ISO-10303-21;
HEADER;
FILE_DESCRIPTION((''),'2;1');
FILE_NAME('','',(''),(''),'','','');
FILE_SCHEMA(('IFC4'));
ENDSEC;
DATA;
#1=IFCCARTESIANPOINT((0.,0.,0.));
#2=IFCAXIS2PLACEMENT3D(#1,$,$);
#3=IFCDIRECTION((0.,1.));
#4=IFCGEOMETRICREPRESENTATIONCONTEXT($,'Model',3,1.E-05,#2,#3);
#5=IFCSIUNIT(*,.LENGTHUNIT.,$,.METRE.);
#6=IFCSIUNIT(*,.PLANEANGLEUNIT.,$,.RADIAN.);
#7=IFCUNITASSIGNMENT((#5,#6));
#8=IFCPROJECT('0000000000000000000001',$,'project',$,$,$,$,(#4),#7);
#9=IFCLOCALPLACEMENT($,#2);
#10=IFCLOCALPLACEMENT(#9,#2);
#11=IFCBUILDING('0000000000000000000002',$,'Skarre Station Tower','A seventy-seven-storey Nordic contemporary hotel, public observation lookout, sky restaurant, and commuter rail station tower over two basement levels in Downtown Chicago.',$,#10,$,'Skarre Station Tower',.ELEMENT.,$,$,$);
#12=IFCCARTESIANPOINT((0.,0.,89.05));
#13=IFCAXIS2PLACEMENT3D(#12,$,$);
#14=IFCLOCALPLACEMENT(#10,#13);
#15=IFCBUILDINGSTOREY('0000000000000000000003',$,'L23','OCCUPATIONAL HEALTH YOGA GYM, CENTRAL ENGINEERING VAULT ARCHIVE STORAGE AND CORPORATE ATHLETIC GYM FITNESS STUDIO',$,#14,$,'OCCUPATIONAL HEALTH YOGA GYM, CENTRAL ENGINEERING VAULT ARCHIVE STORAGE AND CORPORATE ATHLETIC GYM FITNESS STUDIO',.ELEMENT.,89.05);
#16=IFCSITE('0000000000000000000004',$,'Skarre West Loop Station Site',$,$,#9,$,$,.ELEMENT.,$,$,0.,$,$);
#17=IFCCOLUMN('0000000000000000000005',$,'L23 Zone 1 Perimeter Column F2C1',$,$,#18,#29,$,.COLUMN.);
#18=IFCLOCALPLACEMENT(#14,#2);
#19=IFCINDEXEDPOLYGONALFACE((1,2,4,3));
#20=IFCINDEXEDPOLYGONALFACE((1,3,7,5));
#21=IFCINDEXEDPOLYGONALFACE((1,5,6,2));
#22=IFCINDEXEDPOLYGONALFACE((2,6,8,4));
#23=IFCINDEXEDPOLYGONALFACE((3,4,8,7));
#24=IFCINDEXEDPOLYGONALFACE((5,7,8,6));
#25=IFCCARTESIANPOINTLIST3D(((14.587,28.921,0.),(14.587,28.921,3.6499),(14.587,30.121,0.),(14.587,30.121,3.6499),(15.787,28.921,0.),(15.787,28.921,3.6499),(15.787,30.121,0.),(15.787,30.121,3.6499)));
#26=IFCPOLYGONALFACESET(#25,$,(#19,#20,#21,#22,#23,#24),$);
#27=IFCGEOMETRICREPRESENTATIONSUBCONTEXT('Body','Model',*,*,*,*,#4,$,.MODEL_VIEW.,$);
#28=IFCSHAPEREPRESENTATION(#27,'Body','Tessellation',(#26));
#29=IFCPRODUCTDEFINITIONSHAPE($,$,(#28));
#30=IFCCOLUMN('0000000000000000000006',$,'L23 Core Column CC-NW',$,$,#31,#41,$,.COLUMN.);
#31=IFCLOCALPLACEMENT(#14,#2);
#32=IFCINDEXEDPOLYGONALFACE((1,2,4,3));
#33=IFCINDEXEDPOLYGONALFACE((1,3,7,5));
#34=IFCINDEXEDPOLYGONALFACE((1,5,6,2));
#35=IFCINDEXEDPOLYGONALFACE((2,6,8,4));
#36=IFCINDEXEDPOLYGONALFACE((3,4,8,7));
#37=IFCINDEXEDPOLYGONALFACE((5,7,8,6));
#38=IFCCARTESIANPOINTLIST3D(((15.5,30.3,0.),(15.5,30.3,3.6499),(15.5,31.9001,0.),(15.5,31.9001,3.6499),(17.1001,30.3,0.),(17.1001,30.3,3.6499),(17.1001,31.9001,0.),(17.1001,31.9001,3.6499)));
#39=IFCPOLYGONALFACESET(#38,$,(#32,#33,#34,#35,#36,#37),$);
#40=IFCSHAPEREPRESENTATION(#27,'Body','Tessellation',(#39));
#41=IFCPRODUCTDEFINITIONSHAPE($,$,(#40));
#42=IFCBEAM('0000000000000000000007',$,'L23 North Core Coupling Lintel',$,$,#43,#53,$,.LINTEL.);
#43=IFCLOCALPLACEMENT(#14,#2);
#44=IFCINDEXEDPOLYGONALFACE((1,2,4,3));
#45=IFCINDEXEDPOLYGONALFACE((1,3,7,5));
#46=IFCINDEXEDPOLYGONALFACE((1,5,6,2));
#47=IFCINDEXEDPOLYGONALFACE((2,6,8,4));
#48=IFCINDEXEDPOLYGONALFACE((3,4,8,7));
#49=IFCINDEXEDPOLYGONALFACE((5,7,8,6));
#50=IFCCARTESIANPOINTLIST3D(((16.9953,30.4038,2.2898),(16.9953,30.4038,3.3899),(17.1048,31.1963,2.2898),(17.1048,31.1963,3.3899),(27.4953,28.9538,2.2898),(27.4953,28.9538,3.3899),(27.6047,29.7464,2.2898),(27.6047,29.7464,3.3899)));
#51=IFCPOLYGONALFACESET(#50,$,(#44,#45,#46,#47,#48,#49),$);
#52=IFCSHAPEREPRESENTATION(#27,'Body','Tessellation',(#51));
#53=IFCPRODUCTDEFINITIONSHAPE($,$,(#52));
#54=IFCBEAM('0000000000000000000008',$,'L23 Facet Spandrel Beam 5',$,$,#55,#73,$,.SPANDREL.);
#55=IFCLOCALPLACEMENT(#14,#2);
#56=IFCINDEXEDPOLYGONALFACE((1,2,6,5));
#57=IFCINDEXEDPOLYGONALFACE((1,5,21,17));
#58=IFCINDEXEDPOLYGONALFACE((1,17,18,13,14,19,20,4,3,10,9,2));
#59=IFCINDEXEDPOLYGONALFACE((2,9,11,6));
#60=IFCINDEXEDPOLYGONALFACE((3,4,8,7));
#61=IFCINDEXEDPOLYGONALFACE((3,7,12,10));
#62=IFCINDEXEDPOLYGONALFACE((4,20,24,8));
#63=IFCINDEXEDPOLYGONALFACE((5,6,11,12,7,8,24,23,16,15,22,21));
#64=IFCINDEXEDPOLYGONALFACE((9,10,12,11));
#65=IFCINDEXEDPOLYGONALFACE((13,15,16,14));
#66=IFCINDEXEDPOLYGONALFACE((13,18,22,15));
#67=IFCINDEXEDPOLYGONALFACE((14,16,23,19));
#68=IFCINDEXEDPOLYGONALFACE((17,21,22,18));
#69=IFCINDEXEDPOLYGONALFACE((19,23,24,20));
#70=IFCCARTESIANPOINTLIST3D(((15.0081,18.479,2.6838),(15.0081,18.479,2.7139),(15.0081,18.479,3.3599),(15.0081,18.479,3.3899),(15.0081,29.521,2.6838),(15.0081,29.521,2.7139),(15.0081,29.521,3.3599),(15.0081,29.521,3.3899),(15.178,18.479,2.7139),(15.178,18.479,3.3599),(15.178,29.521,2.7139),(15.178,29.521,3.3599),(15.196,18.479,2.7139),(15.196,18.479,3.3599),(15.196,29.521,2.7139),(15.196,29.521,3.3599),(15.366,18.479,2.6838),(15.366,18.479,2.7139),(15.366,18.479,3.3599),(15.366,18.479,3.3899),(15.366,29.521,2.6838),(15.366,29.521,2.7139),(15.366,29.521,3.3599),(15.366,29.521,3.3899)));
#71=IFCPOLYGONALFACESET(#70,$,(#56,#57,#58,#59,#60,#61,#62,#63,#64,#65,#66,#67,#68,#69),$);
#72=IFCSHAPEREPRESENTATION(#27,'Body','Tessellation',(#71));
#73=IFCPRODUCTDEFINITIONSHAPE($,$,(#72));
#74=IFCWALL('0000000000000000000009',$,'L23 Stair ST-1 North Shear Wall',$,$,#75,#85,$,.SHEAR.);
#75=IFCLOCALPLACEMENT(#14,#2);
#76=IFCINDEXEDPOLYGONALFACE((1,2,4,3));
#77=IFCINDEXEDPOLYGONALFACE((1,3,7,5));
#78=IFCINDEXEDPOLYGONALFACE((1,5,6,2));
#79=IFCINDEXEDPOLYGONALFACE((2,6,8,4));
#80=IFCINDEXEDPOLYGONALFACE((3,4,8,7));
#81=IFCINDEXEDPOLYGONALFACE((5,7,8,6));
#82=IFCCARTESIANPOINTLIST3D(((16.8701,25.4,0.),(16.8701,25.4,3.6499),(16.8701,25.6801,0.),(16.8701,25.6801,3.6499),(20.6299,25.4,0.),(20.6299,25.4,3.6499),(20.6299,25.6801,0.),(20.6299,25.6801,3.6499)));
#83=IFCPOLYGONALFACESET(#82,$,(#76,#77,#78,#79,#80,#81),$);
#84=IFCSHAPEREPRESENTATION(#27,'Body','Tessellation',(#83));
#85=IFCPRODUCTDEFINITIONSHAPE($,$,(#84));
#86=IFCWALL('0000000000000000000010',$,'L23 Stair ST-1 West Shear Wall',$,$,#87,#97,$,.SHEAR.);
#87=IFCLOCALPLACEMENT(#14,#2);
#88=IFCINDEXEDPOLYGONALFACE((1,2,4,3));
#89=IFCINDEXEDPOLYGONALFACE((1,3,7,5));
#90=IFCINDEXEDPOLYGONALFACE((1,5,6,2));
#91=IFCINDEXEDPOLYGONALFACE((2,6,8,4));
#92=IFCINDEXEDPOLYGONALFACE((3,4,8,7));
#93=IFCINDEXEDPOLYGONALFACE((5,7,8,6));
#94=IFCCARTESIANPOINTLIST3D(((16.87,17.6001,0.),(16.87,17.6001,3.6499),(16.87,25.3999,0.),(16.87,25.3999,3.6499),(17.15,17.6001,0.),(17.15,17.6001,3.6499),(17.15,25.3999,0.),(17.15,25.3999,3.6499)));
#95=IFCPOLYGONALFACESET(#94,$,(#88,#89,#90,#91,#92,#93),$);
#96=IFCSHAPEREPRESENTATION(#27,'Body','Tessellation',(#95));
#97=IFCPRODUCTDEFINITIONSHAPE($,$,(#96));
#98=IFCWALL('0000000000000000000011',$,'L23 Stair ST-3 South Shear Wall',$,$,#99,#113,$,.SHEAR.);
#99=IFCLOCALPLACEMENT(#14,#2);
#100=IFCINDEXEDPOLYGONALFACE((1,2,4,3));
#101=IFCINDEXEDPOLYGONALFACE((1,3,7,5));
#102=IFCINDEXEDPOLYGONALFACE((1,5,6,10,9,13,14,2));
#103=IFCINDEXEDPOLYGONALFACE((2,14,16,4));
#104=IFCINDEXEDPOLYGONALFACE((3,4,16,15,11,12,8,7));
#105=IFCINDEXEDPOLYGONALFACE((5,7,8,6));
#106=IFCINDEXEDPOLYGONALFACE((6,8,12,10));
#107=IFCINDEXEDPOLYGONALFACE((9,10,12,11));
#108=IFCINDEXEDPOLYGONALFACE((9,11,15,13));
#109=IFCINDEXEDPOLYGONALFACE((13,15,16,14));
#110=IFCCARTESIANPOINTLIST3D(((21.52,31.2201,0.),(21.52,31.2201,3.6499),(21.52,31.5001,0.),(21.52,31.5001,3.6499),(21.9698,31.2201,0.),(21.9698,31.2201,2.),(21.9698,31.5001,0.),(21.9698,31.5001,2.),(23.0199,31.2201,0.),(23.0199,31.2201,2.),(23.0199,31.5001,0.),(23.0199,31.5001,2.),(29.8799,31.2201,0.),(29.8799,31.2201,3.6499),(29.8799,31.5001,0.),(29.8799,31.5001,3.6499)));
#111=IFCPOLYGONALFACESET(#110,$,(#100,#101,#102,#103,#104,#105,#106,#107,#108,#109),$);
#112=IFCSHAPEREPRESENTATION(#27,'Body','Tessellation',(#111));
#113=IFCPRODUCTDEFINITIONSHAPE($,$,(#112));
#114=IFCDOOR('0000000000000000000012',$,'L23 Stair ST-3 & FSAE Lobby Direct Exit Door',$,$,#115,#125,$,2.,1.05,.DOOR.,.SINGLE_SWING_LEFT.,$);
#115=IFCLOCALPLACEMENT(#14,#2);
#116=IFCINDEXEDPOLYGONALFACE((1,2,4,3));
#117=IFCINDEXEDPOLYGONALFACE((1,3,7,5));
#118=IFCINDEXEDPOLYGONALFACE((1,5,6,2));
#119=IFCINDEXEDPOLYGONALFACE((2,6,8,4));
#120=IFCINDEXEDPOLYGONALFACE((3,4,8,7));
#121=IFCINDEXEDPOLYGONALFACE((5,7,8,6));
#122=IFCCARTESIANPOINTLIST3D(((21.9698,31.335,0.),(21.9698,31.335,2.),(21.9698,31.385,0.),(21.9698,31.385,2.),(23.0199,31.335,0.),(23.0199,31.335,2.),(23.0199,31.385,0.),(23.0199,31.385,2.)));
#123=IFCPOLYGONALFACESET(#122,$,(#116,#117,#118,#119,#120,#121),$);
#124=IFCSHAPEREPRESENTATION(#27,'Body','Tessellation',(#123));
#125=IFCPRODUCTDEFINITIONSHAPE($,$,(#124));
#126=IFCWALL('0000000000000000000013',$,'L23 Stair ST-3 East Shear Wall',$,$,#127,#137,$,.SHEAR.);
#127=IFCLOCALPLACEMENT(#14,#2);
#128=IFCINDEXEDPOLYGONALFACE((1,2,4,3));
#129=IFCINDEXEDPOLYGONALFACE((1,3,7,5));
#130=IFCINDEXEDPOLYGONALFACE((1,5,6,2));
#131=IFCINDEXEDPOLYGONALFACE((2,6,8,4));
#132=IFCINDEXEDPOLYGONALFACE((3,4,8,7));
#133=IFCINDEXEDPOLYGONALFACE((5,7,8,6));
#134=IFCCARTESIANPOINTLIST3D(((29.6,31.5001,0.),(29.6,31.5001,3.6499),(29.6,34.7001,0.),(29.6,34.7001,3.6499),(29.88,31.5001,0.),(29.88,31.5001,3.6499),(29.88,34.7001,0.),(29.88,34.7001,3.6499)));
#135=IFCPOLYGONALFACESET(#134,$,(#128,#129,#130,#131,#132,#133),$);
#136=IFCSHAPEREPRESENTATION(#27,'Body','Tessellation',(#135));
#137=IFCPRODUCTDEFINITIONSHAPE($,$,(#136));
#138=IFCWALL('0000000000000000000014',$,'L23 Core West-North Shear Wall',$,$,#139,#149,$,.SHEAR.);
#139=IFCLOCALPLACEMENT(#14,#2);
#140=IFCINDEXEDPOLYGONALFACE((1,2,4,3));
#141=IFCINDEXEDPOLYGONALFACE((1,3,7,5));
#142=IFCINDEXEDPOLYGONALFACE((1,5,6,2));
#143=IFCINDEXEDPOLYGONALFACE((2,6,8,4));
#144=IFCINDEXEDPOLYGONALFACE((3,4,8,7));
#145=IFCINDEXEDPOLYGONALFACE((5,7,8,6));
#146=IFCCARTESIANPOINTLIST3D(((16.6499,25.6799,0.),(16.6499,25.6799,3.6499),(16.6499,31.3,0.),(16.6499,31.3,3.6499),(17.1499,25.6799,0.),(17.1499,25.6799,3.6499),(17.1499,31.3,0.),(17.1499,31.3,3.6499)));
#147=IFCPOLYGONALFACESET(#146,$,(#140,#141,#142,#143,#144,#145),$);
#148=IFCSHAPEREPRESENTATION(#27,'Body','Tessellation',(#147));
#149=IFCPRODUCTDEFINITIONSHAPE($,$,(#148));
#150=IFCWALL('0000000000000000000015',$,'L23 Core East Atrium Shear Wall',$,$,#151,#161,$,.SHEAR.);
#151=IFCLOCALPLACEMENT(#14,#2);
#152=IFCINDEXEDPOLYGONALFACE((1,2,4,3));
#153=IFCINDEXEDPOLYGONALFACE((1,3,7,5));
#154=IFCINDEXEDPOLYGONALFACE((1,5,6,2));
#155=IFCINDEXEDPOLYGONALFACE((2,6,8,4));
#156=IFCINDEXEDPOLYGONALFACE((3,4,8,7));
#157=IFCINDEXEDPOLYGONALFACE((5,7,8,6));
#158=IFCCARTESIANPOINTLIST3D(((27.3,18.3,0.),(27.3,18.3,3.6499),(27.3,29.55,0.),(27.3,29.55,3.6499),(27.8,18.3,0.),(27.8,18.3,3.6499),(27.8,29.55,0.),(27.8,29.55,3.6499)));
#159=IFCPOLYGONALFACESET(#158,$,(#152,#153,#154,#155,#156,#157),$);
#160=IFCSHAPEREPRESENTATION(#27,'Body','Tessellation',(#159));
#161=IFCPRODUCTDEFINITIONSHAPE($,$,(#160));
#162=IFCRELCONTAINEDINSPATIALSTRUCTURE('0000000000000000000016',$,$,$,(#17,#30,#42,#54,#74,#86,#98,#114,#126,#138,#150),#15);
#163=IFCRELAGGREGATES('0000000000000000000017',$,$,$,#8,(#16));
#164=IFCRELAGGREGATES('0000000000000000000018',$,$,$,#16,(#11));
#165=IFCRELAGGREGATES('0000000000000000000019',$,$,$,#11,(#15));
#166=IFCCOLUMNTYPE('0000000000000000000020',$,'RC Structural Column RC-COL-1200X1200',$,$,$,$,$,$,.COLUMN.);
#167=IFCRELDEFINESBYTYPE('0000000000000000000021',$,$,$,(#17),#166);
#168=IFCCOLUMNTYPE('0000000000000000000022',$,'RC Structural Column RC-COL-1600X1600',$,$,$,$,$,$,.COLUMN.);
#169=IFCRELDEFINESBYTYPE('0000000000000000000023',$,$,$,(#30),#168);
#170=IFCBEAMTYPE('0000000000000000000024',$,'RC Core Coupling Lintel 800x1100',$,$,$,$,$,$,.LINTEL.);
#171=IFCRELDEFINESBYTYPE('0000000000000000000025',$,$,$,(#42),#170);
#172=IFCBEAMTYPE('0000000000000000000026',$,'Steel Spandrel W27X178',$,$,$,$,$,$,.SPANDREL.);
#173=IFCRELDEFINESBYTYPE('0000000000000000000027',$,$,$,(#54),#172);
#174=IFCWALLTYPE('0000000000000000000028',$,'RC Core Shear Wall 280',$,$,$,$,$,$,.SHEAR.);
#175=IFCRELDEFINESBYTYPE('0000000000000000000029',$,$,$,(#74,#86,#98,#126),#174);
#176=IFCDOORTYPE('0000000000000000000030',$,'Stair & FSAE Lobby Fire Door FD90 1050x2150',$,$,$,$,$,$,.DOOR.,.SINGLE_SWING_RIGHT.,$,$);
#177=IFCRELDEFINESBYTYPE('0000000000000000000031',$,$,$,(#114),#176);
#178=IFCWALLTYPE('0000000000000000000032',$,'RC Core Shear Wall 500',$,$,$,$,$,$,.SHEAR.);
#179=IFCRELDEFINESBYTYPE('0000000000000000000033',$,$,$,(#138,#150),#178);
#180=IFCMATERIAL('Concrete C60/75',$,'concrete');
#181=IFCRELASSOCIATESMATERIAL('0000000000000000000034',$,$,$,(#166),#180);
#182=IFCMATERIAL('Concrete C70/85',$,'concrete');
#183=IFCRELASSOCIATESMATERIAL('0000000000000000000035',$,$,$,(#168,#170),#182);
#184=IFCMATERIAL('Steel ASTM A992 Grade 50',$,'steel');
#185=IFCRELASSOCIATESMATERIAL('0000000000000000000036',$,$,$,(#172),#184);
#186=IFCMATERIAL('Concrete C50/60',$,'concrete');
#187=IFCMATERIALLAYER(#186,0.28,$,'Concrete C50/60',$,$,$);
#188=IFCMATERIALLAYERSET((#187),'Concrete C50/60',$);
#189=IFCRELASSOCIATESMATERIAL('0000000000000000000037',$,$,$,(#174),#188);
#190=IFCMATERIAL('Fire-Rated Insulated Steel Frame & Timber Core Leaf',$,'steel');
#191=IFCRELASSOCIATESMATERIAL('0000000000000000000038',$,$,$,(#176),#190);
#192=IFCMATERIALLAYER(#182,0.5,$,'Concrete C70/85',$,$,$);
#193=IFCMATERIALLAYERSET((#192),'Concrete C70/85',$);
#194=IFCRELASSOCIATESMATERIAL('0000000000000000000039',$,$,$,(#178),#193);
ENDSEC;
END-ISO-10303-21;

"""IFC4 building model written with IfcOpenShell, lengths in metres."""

from ifc_helpers import new_model, si_unit, direction, frame, frame_2d, origin, origin_2d, place, context, subcontext, project, spatial, rectangle, i_section, extrude, material, layer, layer_set, material_profile, profile_set, type_object, element, fill, save


model = new_model("IFC4")

# Units and contexts
model_context = context("Model", 3, precision=1e-05, world=origin(), true_north=direction((0.0, 1.0)))
body_context = subcontext(model_context, "Body", "Model", "MODEL_VIEW")
ifc_project = project(units=[si_unit("LENGTHUNIT", "METRE"), si_unit("PLANEANGLEUNIT", "RADIAN")], contexts=[model_context])

# Site, building, storey
site_placement = place(None, origin())
site = spatial("IfcSite", under=ifc_project, at=site_placement, Name="Skarre West Loop Station Site", CompositionType="ELEMENT", RefElevation=0.0)
building_placement = place(site_placement, origin())
building = spatial("IfcBuilding", under=site, at=building_placement, Name="Skarre Station Tower", Description="A seventy-seven-storey Nordic contemporary hotel, public observation lookout, sky restaurant, and commuter rail station tower over two basement levels in Downtown Chicago.", LongName="Skarre Station Tower", CompositionType="ELEMENT")
storey_placement = place(building_placement, frame((0.0, 0.0, 89.05)))
storey = spatial("IfcBuildingStorey", under=building, at=storey_placement, Name="L23", Description="OCCUPATIONAL HEALTH YOGA GYM, CENTRAL ENGINEERING VAULT ARCHIVE STORAGE AND CORPORATE ATHLETIC GYM FITNESS STUDIO", LongName="OCCUPATIONAL HEALTH YOGA GYM, CENTRAL ENGINEERING VAULT ARCHIVE STORAGE AND CORPORATE ATHLETIC GYM FITNESS STUDIO", CompositionType="ELEMENT", Elevation=89.05)

# Columns
ifc_material_1 = material(Name="Concrete C60/75", Category="concrete")
ifc_material_profile_1 = material_profile(ifc_material_1, rectangle(XDim=1.2, YDim=1.2, at=origin_2d()), Name="Concrete C60/75")
ifc_profile_set_1 = profile_set([ifc_material_profile_1], Name="Concrete C60/75")
column_type_1 = type_object("IfcColumnType", Name="RC Structural Column RC-COL-1200X1200", PredefinedType="COLUMN", material=ifc_profile_set_1)
column_1_placement = place(storey_placement, frame((15.187, 29.521, 0.0), z_axis=(0.0, 0.0, 1.0), x_axis=(1.0, 0.0, 0.0)))
element("IfcColumn", 1, at=column_1_placement, inside=storey, type_object=column_type_1, Name="L23 Zone 1 Perimeter Column F2C1", PredefinedType="COLUMN", context=body_context, shape_type="SweptSolid", body=[
    extrude(rectangle(XDim=1.2, YDim=1.2, at=origin_2d()), origin(), (0.0, 0.0, 1.0), 3.6499),
])
ifc_material_2 = material(Name="Concrete C70/85", Category="concrete")
ifc_material_profile_2 = material_profile(ifc_material_2, rectangle(XDim=1.6001, YDim=1.6001, at=origin_2d()), Name="Concrete C70/85")
ifc_profile_set_2 = profile_set([ifc_material_profile_2], Name="Concrete C70/85")
column_type_2 = type_object("IfcColumnType", Name="RC Structural Column RC-COL-1600X1600", PredefinedType="COLUMN", material=ifc_profile_set_2)
column_2_placement = place(storey_placement, frame((16.3, 31.1001, 0.0), z_axis=(0.0, 0.0, 1.0), x_axis=(1.0, 0.0, 0.0)))
element("IfcColumn", 2, at=column_2_placement, inside=storey, type_object=column_type_2, Name="L23 Core Column CC-NW", PredefinedType="COLUMN", context=body_context, shape_type="SweptSolid", body=[
    extrude(rectangle(XDim=1.6001, YDim=1.6001, at=origin_2d()), origin(), (0.0, 0.0, 1.0), 3.6499),
])

# Beams
ifc_material_profile_3 = material_profile(ifc_material_2, rectangle(XDim=0.8, YDim=1.1001, at=origin_2d()), Name="Concrete C70/85")
ifc_profile_set_3 = profile_set([ifc_material_profile_3], Name="Concrete C70/85")
beam_type_1 = type_object("IfcBeamType", Name="RC Core Coupling Lintel 800x1100", PredefinedType="LINTEL", material=ifc_profile_set_3)
beam_1_placement = place(storey_placement, frame((17.05, 30.8, 2.8398), z_axis=(0.9906, -0.136792, 0.0), x_axis=(0.136792, 0.9906, 0.0)))
element("IfcBeam", 3, at=beam_1_placement, inside=storey, type_object=beam_type_1, Name="L23 North Core Coupling Lintel", PredefinedType="LINTEL", context=body_context, shape_type="SweptSolid", body=[
    extrude(rectangle(XDim=0.8, YDim=1.1001, at=origin_2d()), origin(), (0.0, 0.0, 1.0), 10.5996),
])
ifc_material_3 = material(Name="Steel ASTM A992 Grade 50", Category="steel")
ifc_material_profile_4 = material_profile(ifc_material_3, i_section(OverallWidth=0.3579, OverallDepth=0.7061, WebThickness=0.0181, FlangeThickness=0.03, at=origin_2d()), Name="Steel ASTM A992 Grade 50")
ifc_profile_set_4 = profile_set([ifc_material_profile_4], Name="Steel ASTM A992 Grade 50")
beam_type_2 = type_object("IfcBeamType", Name="Steel Spandrel W27X178", PredefinedType="SPANDREL", material=ifc_profile_set_4)
beam_2_placement = place(storey_placement, frame((15.187, 29.521, 3.0369), z_axis=(0.0, -1.0, 0.0), x_axis=(1.0, 0.0, 0.0)))
element("IfcBeam", 4, at=beam_2_placement, inside=storey, type_object=beam_type_2, Name="L23 Facet Spandrel Beam 5", PredefinedType="SPANDREL", context=body_context, shape_type="SweptSolid", body=[
    extrude(i_section(OverallWidth=0.3579, OverallDepth=0.7061, WebThickness=0.0181, FlangeThickness=0.03, at=origin_2d()), origin(), (0.0, 0.0, 1.0), 11.042),
])

# Walls
ifc_material_4 = material(Name="Concrete C50/60", Category="concrete")
ifc_layer_1 = layer(ifc_material_4, 0.28, Name="Concrete C50/60")
ifc_layer_set_1 = layer_set([ifc_layer_1], Name="Concrete C50/60")
wall_type_1 = type_object("IfcWallType", Name="RC Core Shear Wall 280", PredefinedType="SHEAR", material=ifc_layer_set_1)
wall_1_placement = place(storey_placement, frame((20.6299, 25.54, 0.0), z_axis=(0.0, 0.0, 1.0), x_axis=(-1.0, 0.0, 0.0)))
element("IfcWall", 5, at=wall_1_placement, inside=storey, type_object=wall_type_1, Name="L23 Stair ST-1 North Shear Wall", PredefinedType="SHEAR", context=body_context, shape_type="SweptSolid", body=[
    extrude(rectangle(XDim=3.7598, YDim=0.28, at=frame_2d((1.8799, 0.0))), origin(), (0.0, 0.0, 1.0), 3.6499),
])
wall_2_placement = place(storey_placement, frame((17.01, 25.3999, 0.0), z_axis=(0.0, 0.0, 1.0), x_axis=(0.0, -1.0, 0.0)))
element("IfcWall", 6, at=wall_2_placement, inside=storey, type_object=wall_type_1, Name="L23 Stair ST-1 West Shear Wall", PredefinedType="SHEAR", context=body_context, shape_type="SweptSolid", body=[
    extrude(rectangle(XDim=7.7998, YDim=0.28, at=frame_2d((3.8999, 0.0))), origin(), (0.0, 0.0, 1.0), 3.6499),
])

# Wall, opening, door
wall_3_placement = place(storey_placement, frame((21.52, 31.3601, 0.0), z_axis=(0.0, 0.0, 1.0), x_axis=(1.0, 0.0, 0.0)))
wall_3 = element("IfcWall", 7, at=wall_3_placement, inside=storey, type_object=wall_type_1, Name="L23 Stair ST-3 South Shear Wall", PredefinedType="SHEAR", context=body_context, shape_type="SweptSolid", body=[
    extrude(rectangle(XDim=8.3599, YDim=0.28, at=frame_2d((4.1799, 0.0))), origin(), (0.0, 0.0, 1.0), 3.6499),
])
opening_1_placement = place(wall_3_placement, frame((0.45, 0.0, 0.0)))
opening_1 = element("IfcOpeningElement", 8, at=opening_1_placement, cuts=wall_3, PredefinedType="OPENING", context=body_context, shape_type="SweptSolid", body=[
    extrude(rectangle(XDim=1.05, YDim=2.0, at=frame_2d((0.5249, 1.0))), frame((0.0, 0.1499, 0.0), z_axis=(0.0, -1.0, 0.0), x_axis=(1.0, 0.0, 0.0)), (0.0, 0.0, 1.0), 0.3),
])
ifc_material_5 = material(Name="Fire-Rated Insulated Steel Frame & Timber Core Leaf", Category="steel")
door_type_1 = type_object("IfcDoorType", Name="Stair & FSAE Lobby Fire Door FD90 1050x2150", OperationType="SINGLE_SWING_RIGHT", PredefinedType="DOOR", material=ifc_material_5)
door_1_placement = place(opening_1_placement, origin())
door_1 = element("IfcDoor", 9, at=door_1_placement, inside=storey, type_object=door_type_1, Name="L23 Stair ST-3 & FSAE Lobby Direct Exit Door", OperationType="SINGLE_SWING_LEFT", OverallHeight=2.0, OverallWidth=1.05, PredefinedType="DOOR", context=body_context, shape_type="SweptSolid", body=[
    extrude(rectangle(XDim=1.05, YDim=2.0, at=frame_2d((0.5249, 1.0))), frame((0.0, 0.0249, 0.0), z_axis=(0.0, -1.0, 0.0), x_axis=(1.0, 0.0, 0.0)), (0.0, 0.0, 1.0), 0.05),
])
fill(opening_1, door_1)

# Walls
wall_4_placement = place(storey_placement, frame((29.74, 31.5, 0.0), z_axis=(0.0, 0.0, 1.0), x_axis=(0.0, 1.0, 0.0)))
element("IfcWall", 10, at=wall_4_placement, inside=storey, type_object=wall_type_1, Name="L23 Stair ST-3 East Shear Wall", PredefinedType="SHEAR", context=body_context, shape_type="SweptSolid", body=[
    extrude(rectangle(XDim=3.2, YDim=0.28, at=frame_2d((1.6001, 0.0))), origin(), (0.0, 0.0, 1.0), 3.6499),
])
ifc_layer_2 = layer(ifc_material_2, 0.5, Name="Concrete C70/85")
ifc_layer_set_2 = layer_set([ifc_layer_2], Name="Concrete C70/85")
wall_type_2 = type_object("IfcWallType", Name="RC Core Shear Wall 500", PredefinedType="SHEAR", material=ifc_layer_set_2)
wall_5_placement = place(storey_placement, frame((16.8999, 25.6799, 0.0), z_axis=(0.0, 0.0, 1.0), x_axis=(0.0, 1.0, 0.0)))
element("IfcWall", 11, at=wall_5_placement, inside=storey, type_object=wall_type_2, Name="L23 Core West-North Shear Wall", PredefinedType="SHEAR", context=body_context, shape_type="SweptSolid", body=[
    extrude(rectangle(XDim=5.6201, YDim=0.5, at=frame_2d((2.8101, 0.0))), origin(), (0.0, 0.0, 1.0), 3.6499),
])
wall_6_placement = place(storey_placement, frame((27.55, 29.55, 0.0), z_axis=(0.0, 0.0, 1.0), x_axis=(0.0, -1.0, 0.0)))
element("IfcWall", 12, at=wall_6_placement, inside=storey, type_object=wall_type_2, Name="L23 Core East Atrium Shear Wall", PredefinedType="SHEAR", context=body_context, shape_type="SweptSolid", body=[
    extrude(rectangle(XDim=11.25, YDim=0.5, at=frame_2d((5.625, 0.0))), origin(), (0.0, 0.0, 1.0), 3.6499),
])

save(model, "model.ifc")
